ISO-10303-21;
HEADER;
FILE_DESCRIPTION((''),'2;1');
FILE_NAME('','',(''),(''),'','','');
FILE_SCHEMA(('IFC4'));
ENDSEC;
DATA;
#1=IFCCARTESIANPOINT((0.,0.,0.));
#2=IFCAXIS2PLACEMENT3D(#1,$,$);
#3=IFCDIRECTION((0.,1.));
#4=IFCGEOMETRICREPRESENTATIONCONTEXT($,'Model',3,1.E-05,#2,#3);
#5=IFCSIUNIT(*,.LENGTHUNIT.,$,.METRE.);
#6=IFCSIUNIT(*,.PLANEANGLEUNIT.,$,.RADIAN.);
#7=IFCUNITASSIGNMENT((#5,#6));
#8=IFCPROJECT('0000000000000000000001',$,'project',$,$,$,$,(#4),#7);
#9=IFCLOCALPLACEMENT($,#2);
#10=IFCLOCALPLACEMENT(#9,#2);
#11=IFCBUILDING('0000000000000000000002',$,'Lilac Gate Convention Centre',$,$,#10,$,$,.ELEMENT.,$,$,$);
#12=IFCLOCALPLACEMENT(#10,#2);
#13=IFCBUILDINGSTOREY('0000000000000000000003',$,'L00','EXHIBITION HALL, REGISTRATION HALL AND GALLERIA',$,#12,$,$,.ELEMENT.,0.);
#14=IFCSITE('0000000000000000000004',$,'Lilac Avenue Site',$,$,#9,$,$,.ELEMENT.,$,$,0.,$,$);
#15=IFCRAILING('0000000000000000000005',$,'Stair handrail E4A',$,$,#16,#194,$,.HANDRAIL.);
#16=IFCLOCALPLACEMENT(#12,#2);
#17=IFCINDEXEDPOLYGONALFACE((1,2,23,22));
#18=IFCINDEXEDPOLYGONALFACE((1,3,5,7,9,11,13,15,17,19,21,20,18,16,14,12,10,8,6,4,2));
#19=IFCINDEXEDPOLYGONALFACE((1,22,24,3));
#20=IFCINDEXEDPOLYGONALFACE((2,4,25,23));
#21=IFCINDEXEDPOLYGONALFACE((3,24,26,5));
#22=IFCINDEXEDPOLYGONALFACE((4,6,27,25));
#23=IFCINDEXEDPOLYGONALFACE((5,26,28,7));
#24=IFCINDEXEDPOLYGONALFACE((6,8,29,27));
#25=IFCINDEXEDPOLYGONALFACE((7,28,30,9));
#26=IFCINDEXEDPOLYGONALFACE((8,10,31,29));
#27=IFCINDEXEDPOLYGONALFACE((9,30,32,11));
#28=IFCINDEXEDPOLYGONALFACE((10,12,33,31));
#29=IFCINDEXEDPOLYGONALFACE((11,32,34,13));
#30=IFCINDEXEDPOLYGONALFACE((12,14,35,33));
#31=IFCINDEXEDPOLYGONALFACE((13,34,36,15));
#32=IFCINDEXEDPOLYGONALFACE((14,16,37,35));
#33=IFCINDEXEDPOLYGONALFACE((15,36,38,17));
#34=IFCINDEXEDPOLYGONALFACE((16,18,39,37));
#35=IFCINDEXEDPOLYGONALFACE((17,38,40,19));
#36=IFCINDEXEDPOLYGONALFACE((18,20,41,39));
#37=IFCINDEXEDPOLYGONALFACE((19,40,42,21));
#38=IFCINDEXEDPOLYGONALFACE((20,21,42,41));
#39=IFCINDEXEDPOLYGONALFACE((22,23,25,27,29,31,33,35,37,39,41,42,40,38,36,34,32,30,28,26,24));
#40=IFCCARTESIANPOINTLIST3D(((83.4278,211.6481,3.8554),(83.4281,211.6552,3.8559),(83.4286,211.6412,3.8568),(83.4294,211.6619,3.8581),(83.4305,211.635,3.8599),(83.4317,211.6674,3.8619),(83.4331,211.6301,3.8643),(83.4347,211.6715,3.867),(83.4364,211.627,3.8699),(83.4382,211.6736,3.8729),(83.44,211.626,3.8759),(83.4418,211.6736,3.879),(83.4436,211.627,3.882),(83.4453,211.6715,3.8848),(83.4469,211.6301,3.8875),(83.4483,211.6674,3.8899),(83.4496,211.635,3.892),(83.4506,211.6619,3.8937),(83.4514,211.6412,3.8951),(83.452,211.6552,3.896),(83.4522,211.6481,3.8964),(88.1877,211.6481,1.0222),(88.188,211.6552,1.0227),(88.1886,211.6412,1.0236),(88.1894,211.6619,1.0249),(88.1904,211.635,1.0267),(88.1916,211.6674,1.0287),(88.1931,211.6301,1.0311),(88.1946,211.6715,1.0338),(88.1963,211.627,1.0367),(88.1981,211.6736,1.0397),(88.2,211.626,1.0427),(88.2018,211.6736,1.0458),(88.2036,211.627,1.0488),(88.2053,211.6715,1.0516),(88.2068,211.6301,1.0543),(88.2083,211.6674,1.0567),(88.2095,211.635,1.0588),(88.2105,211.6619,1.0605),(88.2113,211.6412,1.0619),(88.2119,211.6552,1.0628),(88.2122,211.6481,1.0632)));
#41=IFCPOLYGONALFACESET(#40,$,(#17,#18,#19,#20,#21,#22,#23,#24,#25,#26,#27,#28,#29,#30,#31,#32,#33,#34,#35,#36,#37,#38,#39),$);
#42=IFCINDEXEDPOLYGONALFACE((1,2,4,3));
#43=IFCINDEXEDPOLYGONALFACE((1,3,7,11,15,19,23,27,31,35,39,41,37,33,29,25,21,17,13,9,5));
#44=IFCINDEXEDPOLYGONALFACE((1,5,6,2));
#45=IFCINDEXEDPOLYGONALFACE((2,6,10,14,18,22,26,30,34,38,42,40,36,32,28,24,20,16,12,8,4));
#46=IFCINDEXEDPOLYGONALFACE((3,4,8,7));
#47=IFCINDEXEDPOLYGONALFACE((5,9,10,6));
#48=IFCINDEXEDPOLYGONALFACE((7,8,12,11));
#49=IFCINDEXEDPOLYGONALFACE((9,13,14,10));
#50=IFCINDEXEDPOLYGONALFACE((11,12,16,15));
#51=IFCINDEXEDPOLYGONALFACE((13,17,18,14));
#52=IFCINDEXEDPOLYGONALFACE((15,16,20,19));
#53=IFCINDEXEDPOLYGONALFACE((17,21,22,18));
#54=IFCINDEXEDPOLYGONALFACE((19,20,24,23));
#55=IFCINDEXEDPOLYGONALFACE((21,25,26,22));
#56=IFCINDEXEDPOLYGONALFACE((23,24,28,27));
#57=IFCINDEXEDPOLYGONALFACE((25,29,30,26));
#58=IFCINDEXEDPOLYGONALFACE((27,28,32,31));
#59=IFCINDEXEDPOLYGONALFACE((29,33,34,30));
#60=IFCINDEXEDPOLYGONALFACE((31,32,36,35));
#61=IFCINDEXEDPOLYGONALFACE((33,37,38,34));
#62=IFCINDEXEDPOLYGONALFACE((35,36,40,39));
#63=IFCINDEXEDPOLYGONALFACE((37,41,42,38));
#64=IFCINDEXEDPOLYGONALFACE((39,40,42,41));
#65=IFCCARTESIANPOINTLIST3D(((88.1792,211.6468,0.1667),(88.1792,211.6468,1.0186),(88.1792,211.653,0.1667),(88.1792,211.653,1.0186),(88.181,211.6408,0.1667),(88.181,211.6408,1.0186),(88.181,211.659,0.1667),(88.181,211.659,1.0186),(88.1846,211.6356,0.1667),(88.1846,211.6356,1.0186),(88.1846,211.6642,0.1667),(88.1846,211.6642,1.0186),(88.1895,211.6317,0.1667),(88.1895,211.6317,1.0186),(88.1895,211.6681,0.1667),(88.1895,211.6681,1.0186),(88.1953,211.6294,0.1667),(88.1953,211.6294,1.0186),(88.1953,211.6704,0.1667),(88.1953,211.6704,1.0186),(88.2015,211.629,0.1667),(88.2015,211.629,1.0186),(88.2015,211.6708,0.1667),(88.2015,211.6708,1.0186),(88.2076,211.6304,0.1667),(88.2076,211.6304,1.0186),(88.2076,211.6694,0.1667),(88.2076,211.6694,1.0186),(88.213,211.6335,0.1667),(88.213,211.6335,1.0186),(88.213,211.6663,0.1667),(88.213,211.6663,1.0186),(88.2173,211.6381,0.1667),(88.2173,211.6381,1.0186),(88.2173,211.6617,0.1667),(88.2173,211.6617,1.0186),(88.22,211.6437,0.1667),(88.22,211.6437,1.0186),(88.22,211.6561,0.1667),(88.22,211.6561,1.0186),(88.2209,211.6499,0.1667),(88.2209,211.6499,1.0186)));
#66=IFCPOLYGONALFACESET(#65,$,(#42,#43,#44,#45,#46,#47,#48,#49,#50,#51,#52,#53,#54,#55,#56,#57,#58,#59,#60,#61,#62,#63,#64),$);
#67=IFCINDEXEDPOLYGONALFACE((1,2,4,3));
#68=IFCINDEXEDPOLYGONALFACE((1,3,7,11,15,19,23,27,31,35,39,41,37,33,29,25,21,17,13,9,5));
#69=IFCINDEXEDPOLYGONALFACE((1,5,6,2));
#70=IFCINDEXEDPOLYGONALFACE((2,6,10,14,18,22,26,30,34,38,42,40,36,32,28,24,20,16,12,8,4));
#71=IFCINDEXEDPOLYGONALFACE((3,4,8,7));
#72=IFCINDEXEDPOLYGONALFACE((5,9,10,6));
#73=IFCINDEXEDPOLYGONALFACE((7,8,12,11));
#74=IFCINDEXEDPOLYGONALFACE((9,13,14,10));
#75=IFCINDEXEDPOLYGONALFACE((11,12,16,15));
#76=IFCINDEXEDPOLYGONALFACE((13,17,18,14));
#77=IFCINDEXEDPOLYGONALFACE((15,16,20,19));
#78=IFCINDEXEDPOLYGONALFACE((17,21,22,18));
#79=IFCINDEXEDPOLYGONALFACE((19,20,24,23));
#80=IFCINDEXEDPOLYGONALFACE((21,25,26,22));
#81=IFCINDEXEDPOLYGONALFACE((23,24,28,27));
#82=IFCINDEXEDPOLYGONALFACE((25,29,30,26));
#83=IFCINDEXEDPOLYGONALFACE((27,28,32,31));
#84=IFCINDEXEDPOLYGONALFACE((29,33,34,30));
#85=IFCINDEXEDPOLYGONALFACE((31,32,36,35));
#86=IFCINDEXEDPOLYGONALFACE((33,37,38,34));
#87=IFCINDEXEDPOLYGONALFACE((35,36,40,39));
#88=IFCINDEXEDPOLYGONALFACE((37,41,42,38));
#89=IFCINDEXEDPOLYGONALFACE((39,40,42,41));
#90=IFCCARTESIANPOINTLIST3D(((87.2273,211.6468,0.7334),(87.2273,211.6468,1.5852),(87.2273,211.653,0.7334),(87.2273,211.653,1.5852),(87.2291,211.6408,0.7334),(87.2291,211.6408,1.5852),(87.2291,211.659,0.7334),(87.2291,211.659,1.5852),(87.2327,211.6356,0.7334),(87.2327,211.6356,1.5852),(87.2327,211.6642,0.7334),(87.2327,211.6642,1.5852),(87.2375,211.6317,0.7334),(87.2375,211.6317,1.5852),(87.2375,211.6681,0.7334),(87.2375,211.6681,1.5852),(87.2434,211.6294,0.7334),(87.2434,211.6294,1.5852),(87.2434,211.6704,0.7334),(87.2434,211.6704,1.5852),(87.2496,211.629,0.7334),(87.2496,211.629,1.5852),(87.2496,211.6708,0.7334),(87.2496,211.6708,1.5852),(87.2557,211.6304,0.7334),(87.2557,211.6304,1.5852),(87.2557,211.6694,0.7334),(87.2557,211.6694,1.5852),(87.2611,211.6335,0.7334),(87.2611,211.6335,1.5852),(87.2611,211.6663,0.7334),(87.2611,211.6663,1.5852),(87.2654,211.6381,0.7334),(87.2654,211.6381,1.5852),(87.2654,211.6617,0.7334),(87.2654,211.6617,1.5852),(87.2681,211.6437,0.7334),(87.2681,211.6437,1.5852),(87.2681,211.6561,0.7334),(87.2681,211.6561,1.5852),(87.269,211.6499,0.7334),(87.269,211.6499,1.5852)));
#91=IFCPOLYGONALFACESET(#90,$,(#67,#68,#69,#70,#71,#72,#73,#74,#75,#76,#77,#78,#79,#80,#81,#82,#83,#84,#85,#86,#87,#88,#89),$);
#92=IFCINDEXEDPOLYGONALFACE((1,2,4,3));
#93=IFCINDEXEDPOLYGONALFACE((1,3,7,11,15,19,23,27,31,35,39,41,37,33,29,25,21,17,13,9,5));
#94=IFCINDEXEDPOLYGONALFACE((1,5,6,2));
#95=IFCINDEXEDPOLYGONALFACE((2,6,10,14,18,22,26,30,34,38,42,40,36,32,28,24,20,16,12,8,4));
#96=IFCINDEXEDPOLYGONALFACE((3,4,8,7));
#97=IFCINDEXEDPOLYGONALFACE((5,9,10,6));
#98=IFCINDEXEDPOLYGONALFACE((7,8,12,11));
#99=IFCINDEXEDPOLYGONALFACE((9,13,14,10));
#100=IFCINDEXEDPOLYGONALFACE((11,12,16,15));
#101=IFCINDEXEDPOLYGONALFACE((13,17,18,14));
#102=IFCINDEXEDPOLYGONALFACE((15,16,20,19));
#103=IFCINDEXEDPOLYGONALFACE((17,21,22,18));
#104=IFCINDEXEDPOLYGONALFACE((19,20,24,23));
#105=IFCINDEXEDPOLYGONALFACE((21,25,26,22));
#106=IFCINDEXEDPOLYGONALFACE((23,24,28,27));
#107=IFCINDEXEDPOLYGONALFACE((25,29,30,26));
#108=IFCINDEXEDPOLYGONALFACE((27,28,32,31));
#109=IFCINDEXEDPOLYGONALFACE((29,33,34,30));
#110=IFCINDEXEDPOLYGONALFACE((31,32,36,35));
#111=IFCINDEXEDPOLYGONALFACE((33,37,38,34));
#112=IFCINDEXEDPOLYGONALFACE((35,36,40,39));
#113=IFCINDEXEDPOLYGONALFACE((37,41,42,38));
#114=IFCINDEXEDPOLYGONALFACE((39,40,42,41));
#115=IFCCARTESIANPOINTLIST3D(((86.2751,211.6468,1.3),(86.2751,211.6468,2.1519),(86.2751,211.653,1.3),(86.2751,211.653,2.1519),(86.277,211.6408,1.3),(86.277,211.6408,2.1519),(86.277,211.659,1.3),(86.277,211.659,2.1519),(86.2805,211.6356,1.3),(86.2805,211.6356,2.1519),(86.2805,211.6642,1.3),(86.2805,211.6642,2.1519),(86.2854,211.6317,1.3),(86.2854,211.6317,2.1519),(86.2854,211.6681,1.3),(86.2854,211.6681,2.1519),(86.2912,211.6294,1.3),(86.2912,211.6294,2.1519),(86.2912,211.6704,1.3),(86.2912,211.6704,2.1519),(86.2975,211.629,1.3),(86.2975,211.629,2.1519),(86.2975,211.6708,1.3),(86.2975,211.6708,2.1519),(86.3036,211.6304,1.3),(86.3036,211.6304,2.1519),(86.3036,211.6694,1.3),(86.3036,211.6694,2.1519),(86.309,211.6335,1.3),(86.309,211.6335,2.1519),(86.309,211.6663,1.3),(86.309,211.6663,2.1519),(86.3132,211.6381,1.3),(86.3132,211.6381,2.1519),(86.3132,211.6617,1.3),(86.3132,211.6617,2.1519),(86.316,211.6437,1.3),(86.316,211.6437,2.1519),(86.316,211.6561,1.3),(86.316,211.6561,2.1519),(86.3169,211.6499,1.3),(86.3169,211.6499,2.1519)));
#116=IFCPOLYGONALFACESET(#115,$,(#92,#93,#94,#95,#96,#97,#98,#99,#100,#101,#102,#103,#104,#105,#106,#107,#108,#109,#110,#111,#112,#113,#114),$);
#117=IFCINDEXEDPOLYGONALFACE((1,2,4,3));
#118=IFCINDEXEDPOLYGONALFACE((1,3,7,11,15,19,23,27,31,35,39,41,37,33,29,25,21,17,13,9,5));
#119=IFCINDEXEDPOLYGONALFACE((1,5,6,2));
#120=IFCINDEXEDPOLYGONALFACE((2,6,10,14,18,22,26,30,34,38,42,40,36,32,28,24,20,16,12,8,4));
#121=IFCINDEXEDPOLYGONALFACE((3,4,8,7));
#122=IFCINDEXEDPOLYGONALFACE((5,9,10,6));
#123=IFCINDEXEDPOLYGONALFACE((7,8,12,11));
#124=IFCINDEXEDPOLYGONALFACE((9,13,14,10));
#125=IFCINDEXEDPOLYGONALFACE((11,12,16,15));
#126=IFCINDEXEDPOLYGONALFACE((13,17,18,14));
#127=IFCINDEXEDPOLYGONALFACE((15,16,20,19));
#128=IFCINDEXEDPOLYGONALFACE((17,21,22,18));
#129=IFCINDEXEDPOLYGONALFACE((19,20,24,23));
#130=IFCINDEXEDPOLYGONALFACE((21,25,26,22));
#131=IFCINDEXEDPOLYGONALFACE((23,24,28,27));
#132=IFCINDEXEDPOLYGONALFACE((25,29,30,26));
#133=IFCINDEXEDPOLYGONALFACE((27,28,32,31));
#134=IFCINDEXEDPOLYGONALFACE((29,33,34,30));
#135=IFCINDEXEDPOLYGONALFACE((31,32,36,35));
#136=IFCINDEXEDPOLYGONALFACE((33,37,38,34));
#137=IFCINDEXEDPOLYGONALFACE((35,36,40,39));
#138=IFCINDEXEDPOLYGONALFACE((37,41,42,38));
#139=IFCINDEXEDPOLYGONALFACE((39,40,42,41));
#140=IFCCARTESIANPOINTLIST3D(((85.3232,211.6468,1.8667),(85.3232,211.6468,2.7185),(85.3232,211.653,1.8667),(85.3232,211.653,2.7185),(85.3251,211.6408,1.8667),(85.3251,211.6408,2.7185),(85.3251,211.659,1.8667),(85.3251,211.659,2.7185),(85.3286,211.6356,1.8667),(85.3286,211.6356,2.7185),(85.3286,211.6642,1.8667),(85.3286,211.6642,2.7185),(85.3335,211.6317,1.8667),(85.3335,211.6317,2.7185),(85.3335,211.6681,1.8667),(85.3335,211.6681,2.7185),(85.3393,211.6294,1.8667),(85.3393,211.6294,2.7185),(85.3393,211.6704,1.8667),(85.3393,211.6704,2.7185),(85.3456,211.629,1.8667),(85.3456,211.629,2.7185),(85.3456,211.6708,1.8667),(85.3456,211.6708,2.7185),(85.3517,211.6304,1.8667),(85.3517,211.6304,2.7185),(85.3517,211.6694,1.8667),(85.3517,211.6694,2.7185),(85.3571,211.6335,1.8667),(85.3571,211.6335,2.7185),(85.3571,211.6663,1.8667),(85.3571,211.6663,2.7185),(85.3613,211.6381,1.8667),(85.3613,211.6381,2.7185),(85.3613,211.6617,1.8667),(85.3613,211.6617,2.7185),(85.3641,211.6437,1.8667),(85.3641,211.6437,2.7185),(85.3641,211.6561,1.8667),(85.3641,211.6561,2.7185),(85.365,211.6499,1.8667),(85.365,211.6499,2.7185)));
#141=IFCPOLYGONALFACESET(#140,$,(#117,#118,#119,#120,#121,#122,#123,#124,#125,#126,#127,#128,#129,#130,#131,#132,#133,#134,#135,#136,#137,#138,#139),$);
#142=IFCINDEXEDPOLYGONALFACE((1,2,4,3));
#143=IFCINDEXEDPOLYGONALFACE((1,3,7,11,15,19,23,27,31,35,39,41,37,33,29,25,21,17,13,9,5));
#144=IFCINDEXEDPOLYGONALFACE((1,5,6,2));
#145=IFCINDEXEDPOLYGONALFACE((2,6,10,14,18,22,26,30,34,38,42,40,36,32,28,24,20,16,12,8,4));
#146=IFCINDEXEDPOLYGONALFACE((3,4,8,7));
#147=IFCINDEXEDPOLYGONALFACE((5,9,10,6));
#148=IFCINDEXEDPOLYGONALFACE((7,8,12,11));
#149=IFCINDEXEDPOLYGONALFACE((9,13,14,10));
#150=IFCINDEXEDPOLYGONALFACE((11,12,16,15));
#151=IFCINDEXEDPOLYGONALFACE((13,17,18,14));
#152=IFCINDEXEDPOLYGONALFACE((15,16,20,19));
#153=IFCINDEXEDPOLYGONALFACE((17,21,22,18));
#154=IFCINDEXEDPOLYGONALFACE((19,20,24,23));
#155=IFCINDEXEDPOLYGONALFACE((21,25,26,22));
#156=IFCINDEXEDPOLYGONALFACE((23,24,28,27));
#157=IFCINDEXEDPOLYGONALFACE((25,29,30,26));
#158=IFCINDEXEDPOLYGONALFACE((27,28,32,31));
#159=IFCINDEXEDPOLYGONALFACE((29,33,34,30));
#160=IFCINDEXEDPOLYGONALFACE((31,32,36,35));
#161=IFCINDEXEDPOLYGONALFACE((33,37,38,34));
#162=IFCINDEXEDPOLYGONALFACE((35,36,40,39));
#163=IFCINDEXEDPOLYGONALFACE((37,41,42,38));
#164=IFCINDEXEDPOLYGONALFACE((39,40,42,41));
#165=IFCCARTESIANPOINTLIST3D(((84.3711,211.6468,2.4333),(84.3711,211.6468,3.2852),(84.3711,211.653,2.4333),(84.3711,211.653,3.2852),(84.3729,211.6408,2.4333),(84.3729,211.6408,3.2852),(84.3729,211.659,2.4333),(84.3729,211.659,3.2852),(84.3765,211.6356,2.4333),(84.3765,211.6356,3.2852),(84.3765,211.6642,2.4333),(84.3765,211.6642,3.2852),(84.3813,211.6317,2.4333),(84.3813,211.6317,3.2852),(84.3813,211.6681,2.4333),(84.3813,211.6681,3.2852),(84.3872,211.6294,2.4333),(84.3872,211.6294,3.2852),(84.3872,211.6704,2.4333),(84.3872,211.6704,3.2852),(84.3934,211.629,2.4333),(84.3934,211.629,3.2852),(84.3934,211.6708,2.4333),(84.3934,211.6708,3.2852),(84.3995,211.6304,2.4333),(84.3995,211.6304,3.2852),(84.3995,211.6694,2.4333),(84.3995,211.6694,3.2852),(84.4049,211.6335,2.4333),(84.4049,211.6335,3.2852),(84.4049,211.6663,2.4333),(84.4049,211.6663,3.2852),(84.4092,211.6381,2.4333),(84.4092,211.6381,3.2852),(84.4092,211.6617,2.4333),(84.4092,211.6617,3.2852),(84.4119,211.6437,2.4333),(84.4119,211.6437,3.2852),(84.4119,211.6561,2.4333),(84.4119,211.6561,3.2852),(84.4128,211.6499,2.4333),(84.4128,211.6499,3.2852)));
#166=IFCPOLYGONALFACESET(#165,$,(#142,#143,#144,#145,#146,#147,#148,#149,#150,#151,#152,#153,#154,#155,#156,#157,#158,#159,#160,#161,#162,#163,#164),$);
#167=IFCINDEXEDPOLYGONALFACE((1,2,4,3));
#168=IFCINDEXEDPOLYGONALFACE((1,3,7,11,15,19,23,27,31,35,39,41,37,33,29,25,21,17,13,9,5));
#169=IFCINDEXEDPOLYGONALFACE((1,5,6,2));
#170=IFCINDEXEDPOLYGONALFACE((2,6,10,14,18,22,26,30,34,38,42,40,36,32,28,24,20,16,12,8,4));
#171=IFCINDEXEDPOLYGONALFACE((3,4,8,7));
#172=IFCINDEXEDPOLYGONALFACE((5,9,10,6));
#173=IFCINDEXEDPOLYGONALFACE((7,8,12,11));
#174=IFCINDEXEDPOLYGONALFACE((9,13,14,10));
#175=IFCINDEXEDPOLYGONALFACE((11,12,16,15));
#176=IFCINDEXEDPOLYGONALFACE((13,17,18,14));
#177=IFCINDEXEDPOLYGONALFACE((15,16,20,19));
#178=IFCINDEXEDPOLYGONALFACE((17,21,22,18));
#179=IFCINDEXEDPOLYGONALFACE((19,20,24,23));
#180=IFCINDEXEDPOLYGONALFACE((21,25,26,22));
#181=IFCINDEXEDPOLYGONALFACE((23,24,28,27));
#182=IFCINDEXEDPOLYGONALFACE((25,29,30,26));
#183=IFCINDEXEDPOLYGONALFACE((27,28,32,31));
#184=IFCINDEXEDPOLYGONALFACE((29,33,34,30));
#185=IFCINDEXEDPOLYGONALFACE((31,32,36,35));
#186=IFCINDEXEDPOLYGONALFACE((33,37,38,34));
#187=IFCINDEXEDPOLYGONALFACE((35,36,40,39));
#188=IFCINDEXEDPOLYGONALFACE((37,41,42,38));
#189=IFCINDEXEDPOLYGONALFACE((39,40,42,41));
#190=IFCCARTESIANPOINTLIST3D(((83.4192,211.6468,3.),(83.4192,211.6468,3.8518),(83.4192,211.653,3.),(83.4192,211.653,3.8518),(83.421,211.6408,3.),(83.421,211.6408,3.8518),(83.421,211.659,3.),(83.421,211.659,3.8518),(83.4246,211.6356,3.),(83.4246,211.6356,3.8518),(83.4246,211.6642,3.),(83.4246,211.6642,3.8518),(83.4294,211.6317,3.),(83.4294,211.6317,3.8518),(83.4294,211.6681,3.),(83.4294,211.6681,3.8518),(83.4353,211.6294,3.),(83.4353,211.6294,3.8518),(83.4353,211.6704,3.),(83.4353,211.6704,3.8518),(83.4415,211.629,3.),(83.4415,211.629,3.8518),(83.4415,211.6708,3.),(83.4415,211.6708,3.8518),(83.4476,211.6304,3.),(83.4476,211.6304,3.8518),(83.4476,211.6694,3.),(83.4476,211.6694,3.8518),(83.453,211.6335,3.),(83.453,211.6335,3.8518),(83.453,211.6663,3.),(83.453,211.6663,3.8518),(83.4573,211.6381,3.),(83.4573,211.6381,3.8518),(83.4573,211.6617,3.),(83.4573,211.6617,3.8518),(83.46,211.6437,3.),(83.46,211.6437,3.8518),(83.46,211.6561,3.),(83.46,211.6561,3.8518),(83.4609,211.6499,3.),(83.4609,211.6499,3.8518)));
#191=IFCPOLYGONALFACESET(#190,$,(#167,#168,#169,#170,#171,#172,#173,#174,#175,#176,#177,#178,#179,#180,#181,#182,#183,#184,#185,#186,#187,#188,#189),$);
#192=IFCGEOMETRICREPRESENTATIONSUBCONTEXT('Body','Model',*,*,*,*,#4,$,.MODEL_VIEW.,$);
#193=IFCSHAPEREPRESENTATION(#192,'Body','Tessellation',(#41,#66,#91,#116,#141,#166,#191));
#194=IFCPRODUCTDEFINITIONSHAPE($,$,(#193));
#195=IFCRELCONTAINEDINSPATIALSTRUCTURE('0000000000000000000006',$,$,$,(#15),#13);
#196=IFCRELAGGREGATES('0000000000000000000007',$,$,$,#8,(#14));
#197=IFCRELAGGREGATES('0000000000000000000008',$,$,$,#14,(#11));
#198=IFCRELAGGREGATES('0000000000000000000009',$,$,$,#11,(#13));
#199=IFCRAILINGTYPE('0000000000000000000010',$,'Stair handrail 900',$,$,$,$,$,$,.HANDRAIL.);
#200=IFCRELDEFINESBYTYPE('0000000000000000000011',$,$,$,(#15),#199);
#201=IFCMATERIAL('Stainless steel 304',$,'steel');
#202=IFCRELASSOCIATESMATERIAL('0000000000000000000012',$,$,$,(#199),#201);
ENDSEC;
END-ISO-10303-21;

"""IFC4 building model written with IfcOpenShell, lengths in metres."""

from ifc_helpers import new_model, si_unit, direction, frame, origin, origin_2d, place, context, subcontext, project, spatial, circle, extrude, material, type_object, element, save


model = new_model("IFC4")

# Units and contexts
model_context = context("Model", 3, precision=1e-05, world=origin(), true_north=direction((0.0, 1.0)))
body_context = subcontext(model_context, "Body", "Model", "MODEL_VIEW")
ifc_project = project(units=[si_unit("LENGTHUNIT", "METRE"), si_unit("PLANEANGLEUNIT", "RADIAN")], contexts=[model_context])

# Site, building, storey
site_placement = place(None, origin())
site = spatial("IfcSite", under=ifc_project, at=site_placement, Name="Lilac Avenue Site", CompositionType="ELEMENT", RefElevation=0.0)
building_placement = place(site_placement, origin())
building = spatial("IfcBuilding", under=site, at=building_placement, Name="Lilac Gate Convention Centre", CompositionType="ELEMENT")
storey_placement = place(building_placement, origin())
storey = spatial("IfcBuildingStorey", under=building, at=storey_placement, Name="L00", Description="EXHIBITION HALL, REGISTRATION HALL AND GALLERIA", CompositionType="ELEMENT", Elevation=0.0)

# Railing
ifc_material_1 = material(Name="Stainless steel 304", Category="steel")
railing_type = type_object("IfcRailingType", Name="Stair handrail 900", PredefinedType="HANDRAIL", material=ifc_material_1)
for number, where, name in (
    (1, (88.2, 211.6499, 0.1667), "Stair handrail E4A"),
):
    element("IfcRailing", number, at=place(storey_placement, frame(where)), inside=storey, type_object=railing_type, Name=name, PredefinedType="HANDRAIL", context=body_context, shape_type="SweptSolid", body=[
        extrude(circle(Radius=0.0239, at=origin_2d()), frame((0.0, 0.0, 0.876), z_axis=(-0.8593, 0.0, 0.511472), x_axis=(0.0, -1.0, 0.0)), (0.0, 0.0, 1.0), 5.5393),
        extrude(circle(Radius=0.021, at=origin_2d()), origin(), (0.0, 0.0, 1.0), 0.8518),
        extrude(circle(Radius=0.021, at=origin_2d()), frame((-0.9519, 0.0, 0.5667)), (0.0, 0.0, 1.0), 0.8518),
        extrude(circle(Radius=0.021, at=origin_2d()), frame((-1.9041, 0.0, 1.1333)), (0.0, 0.0, 1.0), 0.8518),
        extrude(circle(Radius=0.021, at=origin_2d()), frame((-2.856, 0.0, 1.7)), (0.0, 0.0, 1.0), 0.8518),
        extrude(circle(Radius=0.021, at=origin_2d()), frame((-3.8081, 0.0, 2.2666)), (0.0, 0.0, 1.0), 0.8518),
        extrude(circle(Radius=0.021, at=origin_2d()), frame((-4.76, 0.0, 2.8333)), (0.0, 0.0, 1.0), 0.8518),
    ])

save(model, "model.ifc")
